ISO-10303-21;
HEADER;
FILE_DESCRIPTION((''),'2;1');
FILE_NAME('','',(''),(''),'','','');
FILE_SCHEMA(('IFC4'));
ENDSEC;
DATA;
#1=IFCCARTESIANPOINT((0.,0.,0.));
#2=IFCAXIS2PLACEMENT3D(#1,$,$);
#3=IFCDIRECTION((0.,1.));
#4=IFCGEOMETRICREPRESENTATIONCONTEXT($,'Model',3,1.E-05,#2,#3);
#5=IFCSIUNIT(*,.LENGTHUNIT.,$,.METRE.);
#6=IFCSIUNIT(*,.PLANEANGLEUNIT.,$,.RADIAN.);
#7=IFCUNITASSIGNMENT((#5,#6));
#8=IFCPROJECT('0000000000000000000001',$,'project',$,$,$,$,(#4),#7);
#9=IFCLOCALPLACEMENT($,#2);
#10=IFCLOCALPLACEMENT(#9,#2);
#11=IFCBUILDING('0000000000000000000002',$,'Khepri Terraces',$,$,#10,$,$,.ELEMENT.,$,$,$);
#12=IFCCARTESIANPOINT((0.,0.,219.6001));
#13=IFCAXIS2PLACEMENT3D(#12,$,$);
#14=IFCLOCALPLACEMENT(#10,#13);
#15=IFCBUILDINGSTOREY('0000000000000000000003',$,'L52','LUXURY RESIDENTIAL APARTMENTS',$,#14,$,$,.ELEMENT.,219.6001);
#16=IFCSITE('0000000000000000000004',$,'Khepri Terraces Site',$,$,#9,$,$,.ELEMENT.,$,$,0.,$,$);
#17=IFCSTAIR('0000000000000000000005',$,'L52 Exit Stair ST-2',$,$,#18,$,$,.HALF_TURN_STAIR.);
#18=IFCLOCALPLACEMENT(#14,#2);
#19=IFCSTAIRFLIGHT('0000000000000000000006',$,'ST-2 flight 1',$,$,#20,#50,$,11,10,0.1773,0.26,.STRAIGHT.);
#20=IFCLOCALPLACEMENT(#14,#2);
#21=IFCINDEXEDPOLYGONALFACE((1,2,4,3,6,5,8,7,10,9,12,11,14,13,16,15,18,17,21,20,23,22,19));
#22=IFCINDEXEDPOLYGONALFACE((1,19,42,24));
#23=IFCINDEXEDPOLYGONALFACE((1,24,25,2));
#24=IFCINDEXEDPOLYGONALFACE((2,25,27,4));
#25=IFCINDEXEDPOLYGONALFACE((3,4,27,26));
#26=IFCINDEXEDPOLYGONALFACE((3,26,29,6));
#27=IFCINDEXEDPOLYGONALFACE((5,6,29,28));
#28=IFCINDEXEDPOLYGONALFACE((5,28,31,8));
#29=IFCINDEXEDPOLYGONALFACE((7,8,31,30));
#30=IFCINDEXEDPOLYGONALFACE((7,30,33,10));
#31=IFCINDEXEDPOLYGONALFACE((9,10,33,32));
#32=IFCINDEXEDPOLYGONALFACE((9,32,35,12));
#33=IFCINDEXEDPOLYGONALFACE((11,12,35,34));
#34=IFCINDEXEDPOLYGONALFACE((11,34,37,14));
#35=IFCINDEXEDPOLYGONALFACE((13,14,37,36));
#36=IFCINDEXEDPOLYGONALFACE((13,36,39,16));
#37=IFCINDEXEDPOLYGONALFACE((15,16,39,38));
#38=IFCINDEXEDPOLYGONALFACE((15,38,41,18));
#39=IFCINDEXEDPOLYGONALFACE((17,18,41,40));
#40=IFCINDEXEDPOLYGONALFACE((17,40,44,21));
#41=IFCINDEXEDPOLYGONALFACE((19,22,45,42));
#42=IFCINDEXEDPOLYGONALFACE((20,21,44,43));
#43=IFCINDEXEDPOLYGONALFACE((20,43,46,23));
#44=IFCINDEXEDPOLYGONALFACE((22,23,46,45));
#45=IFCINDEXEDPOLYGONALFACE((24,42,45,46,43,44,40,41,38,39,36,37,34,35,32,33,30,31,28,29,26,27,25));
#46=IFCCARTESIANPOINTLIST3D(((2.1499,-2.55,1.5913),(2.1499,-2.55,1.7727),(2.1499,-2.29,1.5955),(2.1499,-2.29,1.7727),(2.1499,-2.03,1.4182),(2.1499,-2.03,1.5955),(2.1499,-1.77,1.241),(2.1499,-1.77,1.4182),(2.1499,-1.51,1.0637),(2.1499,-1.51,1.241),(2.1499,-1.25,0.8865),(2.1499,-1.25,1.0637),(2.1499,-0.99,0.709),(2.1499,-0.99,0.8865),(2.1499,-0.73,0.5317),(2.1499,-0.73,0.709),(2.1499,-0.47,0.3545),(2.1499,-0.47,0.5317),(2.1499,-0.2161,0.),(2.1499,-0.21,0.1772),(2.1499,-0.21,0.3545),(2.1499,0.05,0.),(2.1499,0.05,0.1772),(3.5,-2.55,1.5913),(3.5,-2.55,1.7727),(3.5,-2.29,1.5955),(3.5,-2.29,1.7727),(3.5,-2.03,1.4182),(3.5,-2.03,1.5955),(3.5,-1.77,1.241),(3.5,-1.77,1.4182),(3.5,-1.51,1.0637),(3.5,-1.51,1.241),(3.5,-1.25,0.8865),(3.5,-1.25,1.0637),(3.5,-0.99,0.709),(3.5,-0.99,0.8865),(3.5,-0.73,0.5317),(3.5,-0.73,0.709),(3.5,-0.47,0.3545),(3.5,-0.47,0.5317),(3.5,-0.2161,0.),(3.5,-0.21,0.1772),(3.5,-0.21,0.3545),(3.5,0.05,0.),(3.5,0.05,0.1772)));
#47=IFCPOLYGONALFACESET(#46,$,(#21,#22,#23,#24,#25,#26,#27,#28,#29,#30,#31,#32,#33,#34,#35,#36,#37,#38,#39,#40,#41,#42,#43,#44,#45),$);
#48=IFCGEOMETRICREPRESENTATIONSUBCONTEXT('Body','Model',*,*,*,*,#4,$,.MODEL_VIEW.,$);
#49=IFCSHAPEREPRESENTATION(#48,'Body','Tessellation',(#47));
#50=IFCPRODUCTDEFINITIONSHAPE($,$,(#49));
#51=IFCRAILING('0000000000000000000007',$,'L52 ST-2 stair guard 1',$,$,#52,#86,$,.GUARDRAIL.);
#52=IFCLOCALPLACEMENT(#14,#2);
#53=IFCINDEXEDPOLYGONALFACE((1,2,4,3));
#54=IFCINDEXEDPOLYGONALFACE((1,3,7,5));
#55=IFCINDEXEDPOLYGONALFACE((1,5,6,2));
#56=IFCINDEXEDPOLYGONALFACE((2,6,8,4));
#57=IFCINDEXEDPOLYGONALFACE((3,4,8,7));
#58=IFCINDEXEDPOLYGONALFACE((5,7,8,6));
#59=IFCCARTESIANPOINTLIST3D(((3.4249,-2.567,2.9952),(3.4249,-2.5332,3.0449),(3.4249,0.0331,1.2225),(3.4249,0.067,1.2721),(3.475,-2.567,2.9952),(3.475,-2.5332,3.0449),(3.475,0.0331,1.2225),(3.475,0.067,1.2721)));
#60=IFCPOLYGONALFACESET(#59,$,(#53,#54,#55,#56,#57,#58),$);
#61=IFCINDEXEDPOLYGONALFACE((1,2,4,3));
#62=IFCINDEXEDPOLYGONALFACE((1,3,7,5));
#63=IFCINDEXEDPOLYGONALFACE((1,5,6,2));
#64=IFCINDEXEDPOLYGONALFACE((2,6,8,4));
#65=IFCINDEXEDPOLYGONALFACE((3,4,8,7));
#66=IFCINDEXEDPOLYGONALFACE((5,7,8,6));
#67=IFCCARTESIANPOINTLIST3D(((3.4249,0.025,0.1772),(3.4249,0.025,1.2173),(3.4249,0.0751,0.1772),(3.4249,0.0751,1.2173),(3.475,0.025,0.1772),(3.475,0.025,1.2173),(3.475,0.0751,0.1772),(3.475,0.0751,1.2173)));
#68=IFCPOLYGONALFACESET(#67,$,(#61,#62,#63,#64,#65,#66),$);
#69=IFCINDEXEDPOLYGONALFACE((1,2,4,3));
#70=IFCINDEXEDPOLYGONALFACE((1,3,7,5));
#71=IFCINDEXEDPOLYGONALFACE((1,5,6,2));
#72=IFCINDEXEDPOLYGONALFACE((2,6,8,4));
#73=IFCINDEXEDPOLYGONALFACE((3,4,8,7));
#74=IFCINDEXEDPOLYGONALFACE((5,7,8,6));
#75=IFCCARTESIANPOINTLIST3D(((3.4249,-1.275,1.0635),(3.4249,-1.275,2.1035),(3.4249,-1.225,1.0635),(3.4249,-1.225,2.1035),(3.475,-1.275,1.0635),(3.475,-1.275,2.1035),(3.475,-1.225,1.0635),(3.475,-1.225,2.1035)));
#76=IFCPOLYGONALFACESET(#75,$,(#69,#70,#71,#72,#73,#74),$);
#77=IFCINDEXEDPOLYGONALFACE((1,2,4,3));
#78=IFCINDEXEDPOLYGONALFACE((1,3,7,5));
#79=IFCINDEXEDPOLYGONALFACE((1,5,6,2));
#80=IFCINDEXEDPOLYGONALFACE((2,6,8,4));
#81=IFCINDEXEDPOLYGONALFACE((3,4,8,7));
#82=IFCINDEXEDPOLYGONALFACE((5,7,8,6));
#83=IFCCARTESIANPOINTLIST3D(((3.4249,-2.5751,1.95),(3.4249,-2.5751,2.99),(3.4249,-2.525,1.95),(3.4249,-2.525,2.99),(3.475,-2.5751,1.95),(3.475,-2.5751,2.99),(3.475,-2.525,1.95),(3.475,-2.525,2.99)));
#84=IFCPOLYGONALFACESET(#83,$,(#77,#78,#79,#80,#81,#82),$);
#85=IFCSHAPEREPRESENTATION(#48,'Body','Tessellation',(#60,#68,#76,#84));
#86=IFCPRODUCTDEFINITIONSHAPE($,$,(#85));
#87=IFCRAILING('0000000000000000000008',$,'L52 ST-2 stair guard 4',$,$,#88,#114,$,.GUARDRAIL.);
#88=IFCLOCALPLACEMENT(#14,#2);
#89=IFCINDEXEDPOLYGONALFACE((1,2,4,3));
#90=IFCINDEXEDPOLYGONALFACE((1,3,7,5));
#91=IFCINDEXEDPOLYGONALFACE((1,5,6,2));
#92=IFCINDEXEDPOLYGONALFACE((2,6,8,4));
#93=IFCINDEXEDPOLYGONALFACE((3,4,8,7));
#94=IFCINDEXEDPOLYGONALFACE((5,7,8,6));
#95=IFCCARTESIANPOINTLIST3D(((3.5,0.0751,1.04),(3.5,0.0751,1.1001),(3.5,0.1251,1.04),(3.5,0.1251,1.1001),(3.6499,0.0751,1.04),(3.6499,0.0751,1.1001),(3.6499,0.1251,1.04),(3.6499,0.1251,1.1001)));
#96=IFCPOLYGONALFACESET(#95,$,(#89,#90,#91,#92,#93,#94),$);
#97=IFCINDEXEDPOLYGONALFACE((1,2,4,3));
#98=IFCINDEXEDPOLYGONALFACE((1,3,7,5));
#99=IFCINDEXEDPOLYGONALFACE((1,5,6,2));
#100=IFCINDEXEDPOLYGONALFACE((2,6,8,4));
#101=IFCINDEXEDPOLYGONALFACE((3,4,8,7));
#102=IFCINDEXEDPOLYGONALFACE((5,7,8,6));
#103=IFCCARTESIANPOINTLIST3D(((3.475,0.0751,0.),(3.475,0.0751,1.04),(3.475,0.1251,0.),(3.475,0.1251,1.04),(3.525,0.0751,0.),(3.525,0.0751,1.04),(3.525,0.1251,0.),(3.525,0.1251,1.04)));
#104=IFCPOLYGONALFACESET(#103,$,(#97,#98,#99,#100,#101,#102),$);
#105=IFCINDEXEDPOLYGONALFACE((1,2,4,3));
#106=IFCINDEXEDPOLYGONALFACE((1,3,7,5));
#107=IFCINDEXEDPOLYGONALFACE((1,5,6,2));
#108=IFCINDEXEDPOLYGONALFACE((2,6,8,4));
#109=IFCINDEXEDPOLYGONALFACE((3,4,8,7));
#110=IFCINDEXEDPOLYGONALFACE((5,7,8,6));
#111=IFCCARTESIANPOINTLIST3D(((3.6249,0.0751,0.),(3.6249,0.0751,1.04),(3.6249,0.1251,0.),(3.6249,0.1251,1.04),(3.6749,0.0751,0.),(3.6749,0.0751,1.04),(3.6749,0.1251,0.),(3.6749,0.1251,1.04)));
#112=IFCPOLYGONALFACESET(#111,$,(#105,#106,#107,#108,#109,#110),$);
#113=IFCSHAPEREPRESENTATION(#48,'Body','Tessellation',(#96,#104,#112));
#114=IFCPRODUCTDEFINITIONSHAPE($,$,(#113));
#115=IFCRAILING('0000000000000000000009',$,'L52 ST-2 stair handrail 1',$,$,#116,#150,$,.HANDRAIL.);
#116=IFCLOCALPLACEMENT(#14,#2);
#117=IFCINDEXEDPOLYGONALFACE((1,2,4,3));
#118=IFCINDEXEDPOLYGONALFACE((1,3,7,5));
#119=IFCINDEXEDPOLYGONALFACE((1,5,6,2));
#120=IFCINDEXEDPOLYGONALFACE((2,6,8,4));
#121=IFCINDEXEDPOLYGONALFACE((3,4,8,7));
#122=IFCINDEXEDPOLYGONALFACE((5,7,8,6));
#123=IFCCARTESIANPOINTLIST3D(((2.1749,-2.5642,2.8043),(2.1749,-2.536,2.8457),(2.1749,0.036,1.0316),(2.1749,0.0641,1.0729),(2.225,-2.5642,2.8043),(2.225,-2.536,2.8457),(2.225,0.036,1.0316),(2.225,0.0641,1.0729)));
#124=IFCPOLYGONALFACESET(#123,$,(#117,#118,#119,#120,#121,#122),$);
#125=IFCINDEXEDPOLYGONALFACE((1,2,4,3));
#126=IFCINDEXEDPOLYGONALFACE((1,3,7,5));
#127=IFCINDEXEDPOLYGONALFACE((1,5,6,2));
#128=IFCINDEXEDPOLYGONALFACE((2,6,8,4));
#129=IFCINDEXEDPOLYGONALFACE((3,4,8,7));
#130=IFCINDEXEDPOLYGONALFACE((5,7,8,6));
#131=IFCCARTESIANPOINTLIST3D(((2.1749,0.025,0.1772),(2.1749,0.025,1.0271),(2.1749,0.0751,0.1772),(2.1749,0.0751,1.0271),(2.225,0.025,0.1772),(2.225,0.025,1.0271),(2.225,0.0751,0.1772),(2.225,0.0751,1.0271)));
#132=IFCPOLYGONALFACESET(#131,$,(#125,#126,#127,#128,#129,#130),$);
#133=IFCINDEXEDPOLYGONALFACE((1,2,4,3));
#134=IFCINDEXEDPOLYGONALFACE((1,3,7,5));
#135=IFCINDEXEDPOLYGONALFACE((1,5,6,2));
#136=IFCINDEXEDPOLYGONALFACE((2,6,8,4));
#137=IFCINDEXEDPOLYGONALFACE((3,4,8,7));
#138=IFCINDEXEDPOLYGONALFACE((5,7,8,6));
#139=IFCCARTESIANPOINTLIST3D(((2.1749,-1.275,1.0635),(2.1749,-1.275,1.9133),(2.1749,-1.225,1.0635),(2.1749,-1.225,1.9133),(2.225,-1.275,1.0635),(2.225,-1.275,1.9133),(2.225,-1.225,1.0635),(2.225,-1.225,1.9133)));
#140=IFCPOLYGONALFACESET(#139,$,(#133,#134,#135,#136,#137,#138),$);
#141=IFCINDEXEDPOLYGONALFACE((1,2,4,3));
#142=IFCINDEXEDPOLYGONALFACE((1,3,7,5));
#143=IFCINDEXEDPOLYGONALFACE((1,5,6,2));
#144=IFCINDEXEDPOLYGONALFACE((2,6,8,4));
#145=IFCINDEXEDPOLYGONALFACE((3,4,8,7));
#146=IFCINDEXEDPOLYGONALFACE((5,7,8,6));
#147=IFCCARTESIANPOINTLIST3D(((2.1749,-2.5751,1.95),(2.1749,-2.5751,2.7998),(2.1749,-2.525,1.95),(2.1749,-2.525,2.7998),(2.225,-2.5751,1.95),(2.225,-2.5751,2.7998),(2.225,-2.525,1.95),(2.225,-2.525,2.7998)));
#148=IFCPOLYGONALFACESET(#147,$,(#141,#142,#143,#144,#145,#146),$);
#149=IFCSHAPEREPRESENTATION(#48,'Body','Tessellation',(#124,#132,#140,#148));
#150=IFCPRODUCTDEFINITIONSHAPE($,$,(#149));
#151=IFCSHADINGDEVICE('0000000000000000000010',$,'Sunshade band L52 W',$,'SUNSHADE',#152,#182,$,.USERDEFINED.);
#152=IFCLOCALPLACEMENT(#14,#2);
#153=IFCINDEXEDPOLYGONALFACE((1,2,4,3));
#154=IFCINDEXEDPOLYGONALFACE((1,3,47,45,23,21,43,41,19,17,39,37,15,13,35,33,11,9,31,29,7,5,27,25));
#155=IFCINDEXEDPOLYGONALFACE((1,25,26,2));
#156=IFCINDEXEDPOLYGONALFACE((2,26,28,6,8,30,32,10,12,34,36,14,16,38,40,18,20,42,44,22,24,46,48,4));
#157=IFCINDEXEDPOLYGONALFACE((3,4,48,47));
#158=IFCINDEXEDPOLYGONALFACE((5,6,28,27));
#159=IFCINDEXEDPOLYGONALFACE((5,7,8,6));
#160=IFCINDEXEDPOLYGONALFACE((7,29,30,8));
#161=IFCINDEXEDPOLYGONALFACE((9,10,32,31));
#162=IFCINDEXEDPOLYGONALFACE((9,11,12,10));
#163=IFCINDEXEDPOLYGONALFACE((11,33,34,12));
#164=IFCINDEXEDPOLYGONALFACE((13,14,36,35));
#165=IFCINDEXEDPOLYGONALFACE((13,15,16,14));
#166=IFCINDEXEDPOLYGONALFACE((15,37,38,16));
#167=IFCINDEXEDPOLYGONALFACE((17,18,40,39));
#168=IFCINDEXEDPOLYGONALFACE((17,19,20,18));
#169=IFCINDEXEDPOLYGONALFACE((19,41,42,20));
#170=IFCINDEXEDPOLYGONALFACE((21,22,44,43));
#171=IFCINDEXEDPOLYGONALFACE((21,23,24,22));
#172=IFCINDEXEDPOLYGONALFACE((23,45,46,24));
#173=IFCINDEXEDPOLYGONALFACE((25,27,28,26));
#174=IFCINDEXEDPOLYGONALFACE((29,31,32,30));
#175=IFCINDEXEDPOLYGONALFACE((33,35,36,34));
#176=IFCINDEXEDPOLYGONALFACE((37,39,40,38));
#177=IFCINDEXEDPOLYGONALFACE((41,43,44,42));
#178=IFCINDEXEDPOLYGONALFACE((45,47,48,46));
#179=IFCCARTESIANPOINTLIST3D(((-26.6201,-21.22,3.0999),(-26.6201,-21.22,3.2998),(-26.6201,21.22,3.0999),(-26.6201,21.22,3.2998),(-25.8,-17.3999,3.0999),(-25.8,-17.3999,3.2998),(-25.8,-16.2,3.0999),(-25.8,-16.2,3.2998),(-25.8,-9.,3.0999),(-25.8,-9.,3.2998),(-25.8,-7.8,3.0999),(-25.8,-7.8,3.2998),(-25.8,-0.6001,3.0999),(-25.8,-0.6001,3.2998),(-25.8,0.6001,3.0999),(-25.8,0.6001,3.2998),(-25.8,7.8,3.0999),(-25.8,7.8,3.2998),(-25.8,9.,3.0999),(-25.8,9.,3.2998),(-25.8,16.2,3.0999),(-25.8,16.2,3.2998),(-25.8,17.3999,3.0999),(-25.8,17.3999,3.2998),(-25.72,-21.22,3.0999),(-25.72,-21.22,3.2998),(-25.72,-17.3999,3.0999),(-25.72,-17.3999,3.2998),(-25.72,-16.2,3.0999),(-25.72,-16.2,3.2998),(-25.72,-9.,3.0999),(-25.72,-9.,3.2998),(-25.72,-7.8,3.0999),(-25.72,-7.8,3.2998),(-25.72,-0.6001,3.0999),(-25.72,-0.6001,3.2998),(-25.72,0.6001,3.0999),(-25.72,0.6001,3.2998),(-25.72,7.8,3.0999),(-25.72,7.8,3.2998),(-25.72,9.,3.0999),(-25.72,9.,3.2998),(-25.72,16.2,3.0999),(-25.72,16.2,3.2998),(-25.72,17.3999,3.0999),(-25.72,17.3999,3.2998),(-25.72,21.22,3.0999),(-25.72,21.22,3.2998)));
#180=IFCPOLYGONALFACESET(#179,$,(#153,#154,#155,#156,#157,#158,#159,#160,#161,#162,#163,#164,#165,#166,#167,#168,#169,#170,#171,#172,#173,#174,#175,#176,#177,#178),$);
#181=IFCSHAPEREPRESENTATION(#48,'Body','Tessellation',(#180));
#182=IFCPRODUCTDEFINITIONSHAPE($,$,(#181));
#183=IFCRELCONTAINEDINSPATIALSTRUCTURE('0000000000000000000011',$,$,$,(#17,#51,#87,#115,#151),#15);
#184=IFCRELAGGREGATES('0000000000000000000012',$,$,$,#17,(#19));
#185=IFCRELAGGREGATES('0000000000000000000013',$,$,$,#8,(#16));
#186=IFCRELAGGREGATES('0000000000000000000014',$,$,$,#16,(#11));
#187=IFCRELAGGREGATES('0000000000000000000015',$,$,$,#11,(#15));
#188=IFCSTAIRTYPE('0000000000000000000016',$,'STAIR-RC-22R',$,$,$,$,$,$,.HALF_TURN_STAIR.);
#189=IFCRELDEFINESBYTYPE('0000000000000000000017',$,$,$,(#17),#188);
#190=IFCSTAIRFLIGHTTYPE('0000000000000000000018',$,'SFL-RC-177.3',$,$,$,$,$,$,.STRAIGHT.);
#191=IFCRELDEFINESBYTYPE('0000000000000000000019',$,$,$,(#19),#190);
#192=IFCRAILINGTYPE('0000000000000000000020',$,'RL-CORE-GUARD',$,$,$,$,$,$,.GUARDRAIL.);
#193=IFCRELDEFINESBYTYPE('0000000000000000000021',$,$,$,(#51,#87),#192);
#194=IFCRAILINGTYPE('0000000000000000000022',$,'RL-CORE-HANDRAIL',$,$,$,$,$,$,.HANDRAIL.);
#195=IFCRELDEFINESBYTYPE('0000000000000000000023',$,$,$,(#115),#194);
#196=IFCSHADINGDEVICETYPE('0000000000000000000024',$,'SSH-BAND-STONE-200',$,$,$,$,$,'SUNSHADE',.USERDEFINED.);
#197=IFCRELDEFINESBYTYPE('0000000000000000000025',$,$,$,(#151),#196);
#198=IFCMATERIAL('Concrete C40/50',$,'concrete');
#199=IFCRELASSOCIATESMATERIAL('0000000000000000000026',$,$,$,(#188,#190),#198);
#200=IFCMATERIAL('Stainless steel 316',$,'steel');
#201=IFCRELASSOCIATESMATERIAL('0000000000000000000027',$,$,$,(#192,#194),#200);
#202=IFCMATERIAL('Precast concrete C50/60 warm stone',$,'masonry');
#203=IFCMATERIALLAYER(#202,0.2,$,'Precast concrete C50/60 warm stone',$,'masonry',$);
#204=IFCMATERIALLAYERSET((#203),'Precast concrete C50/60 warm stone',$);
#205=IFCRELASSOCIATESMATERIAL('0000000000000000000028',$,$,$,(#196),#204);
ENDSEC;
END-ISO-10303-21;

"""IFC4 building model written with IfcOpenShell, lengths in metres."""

from ifc_helpers import new_model, si_unit, direction, frame, origin, origin_2d, place, context, subcontext, project, spatial, polyline, rectangle, outline, extrude, material, layer, layer_set, type_object, element, aggregate, save


model = new_model("IFC4")

# Units and contexts
model_context = context("Model", 3, precision=1e-05, world=origin(), true_north=direction((0.0, 1.0)))
body_context = subcontext(model_context, "Body", "Model", "MODEL_VIEW")
ifc_project = project(units=[si_unit("LENGTHUNIT", "METRE"), si_unit("PLANEANGLEUNIT", "RADIAN")], contexts=[model_context])

# Site, building, storey
site_placement = place(None, origin())
site = spatial("IfcSite", under=ifc_project, at=site_placement, Name="Khepri Terraces Site", CompositionType="ELEMENT", RefElevation=0.0)
building_placement = place(site_placement, origin())
building = spatial("IfcBuilding", under=site, at=building_placement, Name="Khepri Terraces", CompositionType="ELEMENT")
storey_placement = place(building_placement, frame((0.0, 0.0, 219.6001)))
storey = spatial("IfcBuildingStorey", under=building, at=storey_placement, Name="L52", Description="LUXURY RESIDENTIAL APARTMENTS", CompositionType="ELEMENT", Elevation=219.6001)

# Stair
ifc_material_1 = material(Name="Concrete C40/50", Category="concrete")
stair_type = type_object("IfcStairType", Name="STAIR-RC-22R", PredefinedType="HALF_TURN_STAIR", material=ifc_material_1)
stair_1_placement = place(storey_placement, origin())
stair_1 = element("IfcStair", 1, at=stair_1_placement, inside=storey, type_object=stair_type, Name="L52 Exit Stair ST-2", PredefinedType="HALF_TURN_STAIR")

# Stair flight
stair_flight_type = type_object("IfcStairFlightType", Name="SFL-RC-177.3", PredefinedType="STRAIGHT", material=ifc_material_1)
stair_flight_placement = place(storey_placement, frame((2.825, 0.05, 0.0), z_axis=(0.0, 0.0, 1.0), x_axis=(0.0, -1.0, 0.0)))
stair_flight = element("IfcStairFlight", 2, at=stair_flight_placement, type_object=stair_flight_type, Name="ST-2 flight 1", NumberOfRisers=11, NumberOfTreads=10, PredefinedType="STRAIGHT", RiserHeight=0.1773, TreadLength=0.26, context=body_context, shape_type="SweptSolid", body=[
    extrude(outline(polyline([(0.0, 0.0), (0.0, 0.1772), (0.26, 0.1772), (0.26, 0.3545), (0.52, 0.3545), (0.52, 0.5317), (0.78, 0.5317), (0.78, 0.709), (1.04, 0.709), (1.04, 0.8865), (1.3, 0.8865), (1.3, 1.0637), (1.5601, 1.0637), (1.5601, 1.241), (1.8201, 1.241), (1.8201, 1.4182), (2.0801, 1.4182), (2.0801, 1.5955), (2.3401, 1.5955), (2.3401, 1.7727), (2.6001, 1.7727), (2.6001, 1.95), (2.6001, 1.5913), (0.2661, 0.0), (0.0, 0.0)])), frame((0.0, 0.675, 0.0), z_axis=(0.0, -1.0, 0.0), x_axis=(1.0, 0.0, 0.0)), (0.0, 0.0, 1.0), 1.3501),
])
aggregate(stair_1, [stair_flight])

# Railings
ifc_material_2 = material(Name="Stainless steel 316", Category="steel")
railing_type_1 = type_object("IfcRailingType", Name="RL-CORE-GUARD", PredefinedType="GUARDRAIL", material=ifc_material_2)
railing_1_placement = place(storey_placement, frame((3.45, 0.05, 0.1772)))
element("IfcRailing", 3, at=railing_1_placement, inside=storey, type_object=railing_type_1, Name="L52 ST-2 stair guard 1", PredefinedType="GUARDRAIL", context=body_context, shape_type="SweptSolid", body=[
    extrude(rectangle(XDim=0.05, YDim=0.0601, at=origin_2d()), frame((0.0, 0.0, 1.0701), z_axis=(0.0, -0.82624, 0.563318), x_axis=(1.0, 0.0, 0.0)), (0.0, 0.0, 1.0), 3.147),
    extrude(rectangle(XDim=0.05, YDim=0.05, at=origin_2d()), origin(), (0.0, 0.0, 1.0), 1.04),
    extrude(rectangle(XDim=0.05, YDim=0.05, at=origin_2d()), frame((0.0, -1.3, 0.8862)), (0.0, 0.0, 1.0), 1.04),
    extrude(rectangle(XDim=0.05, YDim=0.05, at=origin_2d()), frame((0.0, -2.6001, 1.7727)), (0.0, 0.0, 1.0), 1.04),
])
railing_2_placement = place(storey_placement, frame((3.5, 0.1001, 0.0)))
element("IfcRailing", 4, at=railing_2_placement, inside=storey, type_object=railing_type_1, Name="L52 ST-2 stair guard 4", PredefinedType="GUARDRAIL", context=body_context, shape_type="SweptSolid", body=[
    extrude(rectangle(XDim=0.05, YDim=0.0601, at=origin_2d()), frame((0.0, 0.0, 1.0701), z_axis=(1.0, 0.0, 0.0), x_axis=(0.0, 1.0, 0.0)), (0.0, 0.0, 1.0), 0.1499),
    extrude(rectangle(XDim=0.05, YDim=0.05, at=origin_2d()), origin(), (0.0, 0.0, 1.0), 1.04),
    extrude(rectangle(XDim=0.05, YDim=0.05, at=origin_2d()), frame((0.1499, 0.0, 0.0)), (0.0, 0.0, 1.0), 1.04),
])
railing_type_2 = type_object("IfcRailingType", Name="RL-CORE-HANDRAIL", PredefinedType="HANDRAIL", material=ifc_material_2)
railing_3_placement = place(storey_placement, frame((2.2, 0.05, 0.1772)))
element("IfcRailing", 5, at=railing_3_placement, inside=storey, type_object=railing_type_2, Name="L52 ST-2 stair handrail 1", PredefinedType="HANDRAIL", context=body_context, shape_type="SweptSolid", body=[
    extrude(rectangle(XDim=0.05, YDim=0.05, at=origin_2d()), frame((0.0, 0.0, 0.875), z_axis=(0.0, -0.82624, 0.563318), x_axis=(1.0, 0.0, 0.0)), (0.0, 0.0, 1.0), 3.147),
    extrude(rectangle(XDim=0.05, YDim=0.05, at=origin_2d()), origin(), (0.0, 0.0, 1.0), 0.8499),
    extrude(rectangle(XDim=0.05, YDim=0.05, at=origin_2d()), frame((0.0, -1.3, 0.8862)), (0.0, 0.0, 1.0), 0.8499),
    extrude(rectangle(XDim=0.05, YDim=0.05, at=origin_2d()), frame((0.0, -2.6001, 1.7727)), (0.0, 0.0, 1.0), 0.8499),
])

# Shading device
ifc_material_3 = material(Name="Precast concrete C50/60 warm stone", Category="masonry")
ifc_layer_1 = layer(ifc_material_3, 0.2, Name="Precast concrete C50/60 warm stone", Category="masonry")
ifc_layer_set_1 = layer_set([ifc_layer_1], Name="Precast concrete C50/60 warm stone")
shading_device_type = type_object("IfcShadingDeviceType", Name="SSH-BAND-STONE-200", ElementType="SUNSHADE", PredefinedType="USERDEFINED", material=ifc_layer_set_1)
shading_device_placement = place(storey_placement, frame((0.0, 0.0, 3.0999)))
element("IfcShadingDevice", 6, at=shading_device_placement, inside=storey, type_object=shading_device_type, Name="Sunshade band L52 W", ObjectType="SUNSHADE", PredefinedType="USERDEFINED", context=body_context, shape_type="SweptSolid", body=[
    extrude(outline(polyline([(-25.72, 17.3999), (-25.72, 21.22), (-26.6201, 21.22), (-26.6201, -21.22), (-25.72, -21.22), (-25.72, -17.3999), (-25.8, -17.3999), (-25.8, -16.2), (-25.72, -16.2), (-25.72, -9.0), (-25.8, -9.0), (-25.8, -7.8), (-25.72, -7.8), (-25.72, -0.6001), (-25.8, -0.6001), (-25.8, 0.6001), (-25.72, 0.6001), (-25.72, 7.8), (-25.8, 7.8), (-25.8, 9.0), (-25.72, 9.0), (-25.72, 16.2), (-25.8, 16.2), (-25.8, 17.3999), (-25.72, 17.3999)])), origin(), (0.0, 0.0, 1.0), 0.2),
])

save(model, "model.ifc")
